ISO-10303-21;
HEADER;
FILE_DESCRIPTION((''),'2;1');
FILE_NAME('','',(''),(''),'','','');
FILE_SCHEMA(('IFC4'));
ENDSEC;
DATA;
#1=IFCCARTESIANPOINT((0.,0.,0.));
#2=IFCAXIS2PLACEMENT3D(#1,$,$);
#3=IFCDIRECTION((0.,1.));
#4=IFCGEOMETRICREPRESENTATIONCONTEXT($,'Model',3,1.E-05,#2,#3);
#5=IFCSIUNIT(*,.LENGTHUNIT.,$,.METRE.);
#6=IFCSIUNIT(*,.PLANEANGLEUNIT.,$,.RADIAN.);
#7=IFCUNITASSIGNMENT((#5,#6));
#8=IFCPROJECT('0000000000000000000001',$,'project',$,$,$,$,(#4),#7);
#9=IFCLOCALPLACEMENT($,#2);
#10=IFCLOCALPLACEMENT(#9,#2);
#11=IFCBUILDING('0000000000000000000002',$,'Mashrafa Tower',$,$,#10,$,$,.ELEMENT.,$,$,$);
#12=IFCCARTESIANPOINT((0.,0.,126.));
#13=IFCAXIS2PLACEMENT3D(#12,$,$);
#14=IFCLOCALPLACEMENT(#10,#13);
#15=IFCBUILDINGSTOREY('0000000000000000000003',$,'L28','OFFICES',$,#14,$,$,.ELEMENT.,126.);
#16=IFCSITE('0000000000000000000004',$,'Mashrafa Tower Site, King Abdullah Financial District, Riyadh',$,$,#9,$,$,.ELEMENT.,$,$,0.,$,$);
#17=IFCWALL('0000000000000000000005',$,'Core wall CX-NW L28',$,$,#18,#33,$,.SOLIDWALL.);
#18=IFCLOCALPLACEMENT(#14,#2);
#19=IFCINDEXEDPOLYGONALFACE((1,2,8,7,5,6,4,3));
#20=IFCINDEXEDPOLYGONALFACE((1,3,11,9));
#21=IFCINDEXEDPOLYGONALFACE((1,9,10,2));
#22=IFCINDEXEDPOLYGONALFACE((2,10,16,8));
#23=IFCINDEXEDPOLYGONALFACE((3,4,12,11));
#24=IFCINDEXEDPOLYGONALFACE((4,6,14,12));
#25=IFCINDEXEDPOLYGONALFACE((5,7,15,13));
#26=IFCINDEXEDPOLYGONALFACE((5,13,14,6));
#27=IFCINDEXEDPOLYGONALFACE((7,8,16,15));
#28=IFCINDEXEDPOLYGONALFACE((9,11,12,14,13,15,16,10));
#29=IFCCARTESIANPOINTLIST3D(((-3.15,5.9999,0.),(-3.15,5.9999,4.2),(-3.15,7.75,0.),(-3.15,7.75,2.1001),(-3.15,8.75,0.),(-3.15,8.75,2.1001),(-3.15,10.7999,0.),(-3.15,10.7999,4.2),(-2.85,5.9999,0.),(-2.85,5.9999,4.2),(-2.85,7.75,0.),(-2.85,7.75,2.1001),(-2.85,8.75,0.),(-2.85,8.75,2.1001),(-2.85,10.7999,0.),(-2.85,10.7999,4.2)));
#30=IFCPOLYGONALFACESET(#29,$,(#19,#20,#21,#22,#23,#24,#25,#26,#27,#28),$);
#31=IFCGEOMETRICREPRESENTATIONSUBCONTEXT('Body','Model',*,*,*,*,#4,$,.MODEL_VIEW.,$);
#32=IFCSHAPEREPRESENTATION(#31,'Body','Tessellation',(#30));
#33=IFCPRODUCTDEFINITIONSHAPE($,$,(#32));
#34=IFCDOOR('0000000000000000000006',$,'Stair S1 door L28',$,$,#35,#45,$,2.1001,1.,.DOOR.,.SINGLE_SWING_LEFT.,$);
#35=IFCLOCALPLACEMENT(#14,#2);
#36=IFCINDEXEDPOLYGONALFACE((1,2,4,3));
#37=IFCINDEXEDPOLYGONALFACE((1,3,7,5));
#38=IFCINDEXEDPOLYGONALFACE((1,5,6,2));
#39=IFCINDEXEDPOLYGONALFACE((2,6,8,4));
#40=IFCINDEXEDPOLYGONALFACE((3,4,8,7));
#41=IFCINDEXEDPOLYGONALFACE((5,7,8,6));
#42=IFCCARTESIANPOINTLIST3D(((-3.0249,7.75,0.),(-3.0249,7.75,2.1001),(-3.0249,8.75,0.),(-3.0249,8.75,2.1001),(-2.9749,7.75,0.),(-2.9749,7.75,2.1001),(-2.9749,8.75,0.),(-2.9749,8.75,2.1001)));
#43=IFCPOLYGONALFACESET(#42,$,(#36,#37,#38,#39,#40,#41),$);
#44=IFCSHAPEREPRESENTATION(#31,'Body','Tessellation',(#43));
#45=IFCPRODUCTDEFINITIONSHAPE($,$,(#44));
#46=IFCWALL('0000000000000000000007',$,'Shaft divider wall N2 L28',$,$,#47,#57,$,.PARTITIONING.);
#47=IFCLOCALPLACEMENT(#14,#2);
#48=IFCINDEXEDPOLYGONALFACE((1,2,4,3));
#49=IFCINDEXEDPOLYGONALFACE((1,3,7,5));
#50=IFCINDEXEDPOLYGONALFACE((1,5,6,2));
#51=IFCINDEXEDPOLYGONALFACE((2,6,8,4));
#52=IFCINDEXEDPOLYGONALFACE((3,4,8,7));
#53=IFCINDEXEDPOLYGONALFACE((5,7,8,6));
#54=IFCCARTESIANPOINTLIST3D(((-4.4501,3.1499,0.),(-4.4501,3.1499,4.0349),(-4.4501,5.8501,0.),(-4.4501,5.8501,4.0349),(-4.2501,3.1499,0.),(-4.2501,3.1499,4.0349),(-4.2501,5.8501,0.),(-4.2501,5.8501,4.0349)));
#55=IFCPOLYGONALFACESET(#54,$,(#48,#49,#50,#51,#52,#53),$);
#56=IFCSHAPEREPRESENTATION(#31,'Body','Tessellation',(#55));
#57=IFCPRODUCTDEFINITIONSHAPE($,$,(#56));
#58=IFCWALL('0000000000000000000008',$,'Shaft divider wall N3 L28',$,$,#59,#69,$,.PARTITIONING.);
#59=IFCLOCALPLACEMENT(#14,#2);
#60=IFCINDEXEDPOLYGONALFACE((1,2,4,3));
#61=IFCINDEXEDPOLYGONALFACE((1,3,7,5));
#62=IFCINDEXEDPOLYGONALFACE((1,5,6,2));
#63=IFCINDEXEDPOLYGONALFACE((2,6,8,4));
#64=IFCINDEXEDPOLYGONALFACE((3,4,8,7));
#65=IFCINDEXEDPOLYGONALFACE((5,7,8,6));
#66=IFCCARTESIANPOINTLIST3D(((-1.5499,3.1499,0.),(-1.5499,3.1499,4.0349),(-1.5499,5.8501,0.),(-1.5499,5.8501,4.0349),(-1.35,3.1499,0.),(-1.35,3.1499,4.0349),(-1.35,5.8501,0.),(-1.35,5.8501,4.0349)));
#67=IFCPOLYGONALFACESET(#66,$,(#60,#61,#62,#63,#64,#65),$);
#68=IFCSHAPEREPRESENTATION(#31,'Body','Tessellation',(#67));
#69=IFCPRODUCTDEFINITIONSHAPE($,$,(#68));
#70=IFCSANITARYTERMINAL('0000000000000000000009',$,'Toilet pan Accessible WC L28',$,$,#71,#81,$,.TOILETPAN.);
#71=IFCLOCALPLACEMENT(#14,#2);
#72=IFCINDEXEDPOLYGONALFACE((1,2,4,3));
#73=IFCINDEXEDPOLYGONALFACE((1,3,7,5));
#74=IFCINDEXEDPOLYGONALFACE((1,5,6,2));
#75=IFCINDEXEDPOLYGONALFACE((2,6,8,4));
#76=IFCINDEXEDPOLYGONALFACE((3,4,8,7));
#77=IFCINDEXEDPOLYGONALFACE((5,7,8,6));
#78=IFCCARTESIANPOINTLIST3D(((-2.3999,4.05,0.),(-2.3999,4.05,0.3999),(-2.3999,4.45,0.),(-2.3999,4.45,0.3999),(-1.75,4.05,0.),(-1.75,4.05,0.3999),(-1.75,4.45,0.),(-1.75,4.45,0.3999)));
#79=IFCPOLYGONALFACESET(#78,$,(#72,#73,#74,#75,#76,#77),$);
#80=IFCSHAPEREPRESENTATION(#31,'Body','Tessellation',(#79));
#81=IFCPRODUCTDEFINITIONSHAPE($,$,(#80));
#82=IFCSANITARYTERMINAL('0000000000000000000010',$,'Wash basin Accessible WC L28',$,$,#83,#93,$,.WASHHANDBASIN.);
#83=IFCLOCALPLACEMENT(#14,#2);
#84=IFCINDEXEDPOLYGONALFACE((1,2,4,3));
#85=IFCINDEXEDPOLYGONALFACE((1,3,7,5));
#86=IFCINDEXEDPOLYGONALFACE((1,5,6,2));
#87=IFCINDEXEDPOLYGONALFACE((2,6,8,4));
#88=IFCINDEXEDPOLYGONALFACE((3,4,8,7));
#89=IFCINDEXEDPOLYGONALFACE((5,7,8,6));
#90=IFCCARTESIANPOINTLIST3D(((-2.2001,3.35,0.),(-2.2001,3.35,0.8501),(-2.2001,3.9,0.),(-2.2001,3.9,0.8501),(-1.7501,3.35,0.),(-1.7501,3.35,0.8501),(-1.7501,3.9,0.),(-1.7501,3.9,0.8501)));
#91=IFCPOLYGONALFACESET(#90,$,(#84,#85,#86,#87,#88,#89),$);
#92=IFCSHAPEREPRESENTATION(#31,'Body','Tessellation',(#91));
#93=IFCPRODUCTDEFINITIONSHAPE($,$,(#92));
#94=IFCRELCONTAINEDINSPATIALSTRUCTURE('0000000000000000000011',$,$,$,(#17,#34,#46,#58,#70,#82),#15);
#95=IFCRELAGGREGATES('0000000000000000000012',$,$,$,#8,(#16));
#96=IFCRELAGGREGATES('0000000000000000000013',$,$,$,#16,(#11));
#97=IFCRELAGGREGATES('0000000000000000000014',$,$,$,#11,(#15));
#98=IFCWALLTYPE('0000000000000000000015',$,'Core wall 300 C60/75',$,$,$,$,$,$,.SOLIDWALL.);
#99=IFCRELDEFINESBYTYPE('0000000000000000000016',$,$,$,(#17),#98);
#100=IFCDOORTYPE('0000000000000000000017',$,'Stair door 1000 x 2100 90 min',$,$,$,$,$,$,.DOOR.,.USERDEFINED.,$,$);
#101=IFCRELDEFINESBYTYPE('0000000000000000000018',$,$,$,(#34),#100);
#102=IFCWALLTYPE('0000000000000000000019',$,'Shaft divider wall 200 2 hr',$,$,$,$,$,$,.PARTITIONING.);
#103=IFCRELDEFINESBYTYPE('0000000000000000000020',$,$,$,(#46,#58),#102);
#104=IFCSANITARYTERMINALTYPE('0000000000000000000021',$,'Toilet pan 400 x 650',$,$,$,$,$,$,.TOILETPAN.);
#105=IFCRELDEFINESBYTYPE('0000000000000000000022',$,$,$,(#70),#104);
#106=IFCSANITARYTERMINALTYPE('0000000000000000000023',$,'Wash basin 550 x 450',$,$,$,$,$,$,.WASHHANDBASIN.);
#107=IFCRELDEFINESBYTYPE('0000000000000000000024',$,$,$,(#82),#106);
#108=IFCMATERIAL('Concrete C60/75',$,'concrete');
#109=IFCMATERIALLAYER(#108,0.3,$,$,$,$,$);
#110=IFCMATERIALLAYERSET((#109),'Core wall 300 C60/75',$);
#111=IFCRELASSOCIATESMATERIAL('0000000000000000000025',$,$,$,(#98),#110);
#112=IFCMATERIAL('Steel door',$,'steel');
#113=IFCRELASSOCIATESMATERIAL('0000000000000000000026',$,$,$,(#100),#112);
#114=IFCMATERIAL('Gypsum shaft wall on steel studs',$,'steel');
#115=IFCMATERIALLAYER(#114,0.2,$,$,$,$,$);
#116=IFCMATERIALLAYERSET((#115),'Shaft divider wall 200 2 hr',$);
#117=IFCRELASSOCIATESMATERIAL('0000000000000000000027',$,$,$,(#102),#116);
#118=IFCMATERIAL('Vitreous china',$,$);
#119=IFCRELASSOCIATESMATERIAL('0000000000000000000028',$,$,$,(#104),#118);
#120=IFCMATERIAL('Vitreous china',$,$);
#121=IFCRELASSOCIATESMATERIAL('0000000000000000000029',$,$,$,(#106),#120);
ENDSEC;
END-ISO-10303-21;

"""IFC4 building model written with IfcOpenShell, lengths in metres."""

from ifc_helpers import new_model, si_unit, direction, frame, frame_2d, origin, origin_2d, place, context, subcontext, project, spatial, rectangle, extrude, material, layer, layer_set, type_object, element, fill, save


model = new_model("IFC4")

# Units and contexts
model_context = context("Model", 3, precision=1e-05, world=origin(), true_north=direction((0.0, 1.0)))
body_context = subcontext(model_context, "Body", "Model", "MODEL_VIEW")
ifc_project = project(units=[si_unit("LENGTHUNIT", "METRE"), si_unit("PLANEANGLEUNIT", "RADIAN")], contexts=[model_context])

# Site, building, storey
site_placement = place(None, origin())
site = spatial("IfcSite", under=ifc_project, at=site_placement, Name="Mashrafa Tower Site, King Abdullah Financial District, Riyadh", CompositionType="ELEMENT", RefElevation=0.0)
building_placement = place(site_placement, origin())
building = spatial("IfcBuilding", under=site, at=building_placement, Name="Mashrafa Tower", CompositionType="ELEMENT")
storey_placement = place(building_placement, frame((0.0, 0.0, 126.0)))
storey = spatial("IfcBuildingStorey", under=building, at=storey_placement, Name="L28", Description="OFFICES", CompositionType="ELEMENT", Elevation=126.0)

# Wall, opening, door
ifc_material_1 = material(Name="Concrete C60/75", Category="concrete")
ifc_layer_1 = layer(ifc_material_1, 0.3)
ifc_layer_set_1 = layer_set([ifc_layer_1], Name="Core wall 300 C60/75")
wall_type_1 = type_object("IfcWallType", Name="Core wall 300 C60/75", PredefinedType="SOLIDWALL", material=ifc_layer_set_1)
wall_placement = place(storey_placement, frame((-3.0, 6.0, 0.0), z_axis=(0.0, 0.0, 1.0), x_axis=(0.0, 1.0, 0.0)))
wall = element("IfcWall", 1, at=wall_placement, inside=storey, type_object=wall_type_1, Name="Core wall CX-NW L28", PredefinedType="SOLIDWALL", context=body_context, shape_type="SweptSolid", body=[
    extrude(rectangle(XDim=4.8, YDim=0.3, at=frame_2d((2.3999, 0.0))), origin(), (0.0, 0.0, 1.0), 4.2),
])
opening_placement = place(wall_placement, frame((1.75, 0.0, 0.0)))
opening = element("IfcOpeningElement", 2, at=opening_placement, cuts=wall, PredefinedType="OPENING", context=body_context, shape_type="SweptSolid", body=[
    extrude(rectangle(XDim=1.0, YDim=2.1001, at=frame_2d((0.5, 1.05))), frame((0.0, 0.1599, 0.0), z_axis=(0.0, -1.0, 0.0), x_axis=(1.0, 0.0, 0.0)), (0.0, 0.0, 1.0), 0.3201),
])
ifc_material_2 = material(Name="Steel door", Category="steel")
door_type = type_object("IfcDoorType", Name="Stair door 1000 x 2100 90 min", OperationType="USERDEFINED", PredefinedType="DOOR", material=ifc_material_2)
door_placement = place(opening_placement, origin())
door = element("IfcDoor", 3, at=door_placement, inside=storey, type_object=door_type, Name="Stair S1 door L28", OperationType="SINGLE_SWING_LEFT", OverallHeight=2.1001, OverallWidth=1.0, PredefinedType="DOOR", context=body_context, shape_type="SweptSolid", body=[
    extrude(rectangle(XDim=1.0, YDim=2.1001, at=frame_2d((0.5, 1.05))), frame((0.0, 0.0249, 0.0), z_axis=(0.0, -1.0, 0.0), x_axis=(1.0, 0.0, 0.0)), (0.0, 0.0, 1.0), 0.05),
])
fill(opening, door)

# Walls
ifc_material_3 = material(Name="Gypsum shaft wall on steel studs", Category="steel")
ifc_layer_2 = layer(ifc_material_3, 0.2)
ifc_layer_set_2 = layer_set([ifc_layer_2], Name="Shaft divider wall 200 2 hr")
wall_type_2 = type_object("IfcWallType", Name="Shaft divider wall 200 2 hr", PredefinedType="PARTITIONING", material=ifc_layer_set_2)
for number, where, z_axis, x_axis, name in (
    (4, (-4.3501, 3.1499, 0.0), (0.0, 0.0, 1.0), (0.0, 1.0, 0.0), "Shaft divider wall N2 L28"),
    (5, (-1.45, 3.1499, 0.0), (0.0, 0.0, 1.0), (0.0, 1.0, 0.0), "Shaft divider wall N3 L28"),
):
    element("IfcWall", number, at=place(storey_placement, frame(where, z_axis=z_axis, x_axis=x_axis)), inside=storey, type_object=wall_type_2, Name=name, PredefinedType="PARTITIONING", context=body_context, shape_type="SweptSolid", body=[
        extrude(rectangle(XDim=2.7002, YDim=0.2, at=frame_2d((1.3501, 0.0))), origin(), (0.0, 0.0, 1.0), 4.0349),
    ])

# Sanitary terminals
ifc_material_4 = material(Name="Vitreous china")
sanitary_terminal_type_1 = type_object("IfcSanitaryTerminalType", Name="Toilet pan 400 x 650", PredefinedType="TOILETPAN", material=ifc_material_4)
sanitary_terminal_1_placement = place(storey_placement, frame((-2.075, 4.25, 0.0), z_axis=(0.0, 0.0, 1.0), x_axis=(0.0, 1.0, 0.0)))
element("IfcSanitaryTerminal", 6, at=sanitary_terminal_1_placement, inside=storey, type_object=sanitary_terminal_type_1, Name="Toilet pan Accessible WC L28", PredefinedType="TOILETPAN", context=body_context, shape_type="SweptSolid", body=[
    extrude(rectangle(XDim=0.3999, YDim=0.6499, at=origin_2d()), origin(), (0.0, 0.0, 1.0), 0.3999),
])
ifc_material_5 = material(Name="Vitreous china")
sanitary_terminal_type_2 = type_object("IfcSanitaryTerminalType", Name="Wash basin 550 x 450", PredefinedType="WASHHANDBASIN", material=ifc_material_5)
sanitary_terminal_2_placement = place(storey_placement, frame((-1.9751, 3.625, 0.0), z_axis=(0.0, 0.0, 1.0), x_axis=(0.0, 1.0, 0.0)))
element("IfcSanitaryTerminal", 7, at=sanitary_terminal_2_placement, inside=storey, type_object=sanitary_terminal_type_2, Name="Wash basin Accessible WC L28", PredefinedType="WASHHANDBASIN", context=body_context, shape_type="SweptSolid", body=[
    extrude(rectangle(XDim=0.55, YDim=0.45, at=origin_2d()), origin(), (0.0, 0.0, 1.0), 0.8501),
])

save(model, "model.ifc")
